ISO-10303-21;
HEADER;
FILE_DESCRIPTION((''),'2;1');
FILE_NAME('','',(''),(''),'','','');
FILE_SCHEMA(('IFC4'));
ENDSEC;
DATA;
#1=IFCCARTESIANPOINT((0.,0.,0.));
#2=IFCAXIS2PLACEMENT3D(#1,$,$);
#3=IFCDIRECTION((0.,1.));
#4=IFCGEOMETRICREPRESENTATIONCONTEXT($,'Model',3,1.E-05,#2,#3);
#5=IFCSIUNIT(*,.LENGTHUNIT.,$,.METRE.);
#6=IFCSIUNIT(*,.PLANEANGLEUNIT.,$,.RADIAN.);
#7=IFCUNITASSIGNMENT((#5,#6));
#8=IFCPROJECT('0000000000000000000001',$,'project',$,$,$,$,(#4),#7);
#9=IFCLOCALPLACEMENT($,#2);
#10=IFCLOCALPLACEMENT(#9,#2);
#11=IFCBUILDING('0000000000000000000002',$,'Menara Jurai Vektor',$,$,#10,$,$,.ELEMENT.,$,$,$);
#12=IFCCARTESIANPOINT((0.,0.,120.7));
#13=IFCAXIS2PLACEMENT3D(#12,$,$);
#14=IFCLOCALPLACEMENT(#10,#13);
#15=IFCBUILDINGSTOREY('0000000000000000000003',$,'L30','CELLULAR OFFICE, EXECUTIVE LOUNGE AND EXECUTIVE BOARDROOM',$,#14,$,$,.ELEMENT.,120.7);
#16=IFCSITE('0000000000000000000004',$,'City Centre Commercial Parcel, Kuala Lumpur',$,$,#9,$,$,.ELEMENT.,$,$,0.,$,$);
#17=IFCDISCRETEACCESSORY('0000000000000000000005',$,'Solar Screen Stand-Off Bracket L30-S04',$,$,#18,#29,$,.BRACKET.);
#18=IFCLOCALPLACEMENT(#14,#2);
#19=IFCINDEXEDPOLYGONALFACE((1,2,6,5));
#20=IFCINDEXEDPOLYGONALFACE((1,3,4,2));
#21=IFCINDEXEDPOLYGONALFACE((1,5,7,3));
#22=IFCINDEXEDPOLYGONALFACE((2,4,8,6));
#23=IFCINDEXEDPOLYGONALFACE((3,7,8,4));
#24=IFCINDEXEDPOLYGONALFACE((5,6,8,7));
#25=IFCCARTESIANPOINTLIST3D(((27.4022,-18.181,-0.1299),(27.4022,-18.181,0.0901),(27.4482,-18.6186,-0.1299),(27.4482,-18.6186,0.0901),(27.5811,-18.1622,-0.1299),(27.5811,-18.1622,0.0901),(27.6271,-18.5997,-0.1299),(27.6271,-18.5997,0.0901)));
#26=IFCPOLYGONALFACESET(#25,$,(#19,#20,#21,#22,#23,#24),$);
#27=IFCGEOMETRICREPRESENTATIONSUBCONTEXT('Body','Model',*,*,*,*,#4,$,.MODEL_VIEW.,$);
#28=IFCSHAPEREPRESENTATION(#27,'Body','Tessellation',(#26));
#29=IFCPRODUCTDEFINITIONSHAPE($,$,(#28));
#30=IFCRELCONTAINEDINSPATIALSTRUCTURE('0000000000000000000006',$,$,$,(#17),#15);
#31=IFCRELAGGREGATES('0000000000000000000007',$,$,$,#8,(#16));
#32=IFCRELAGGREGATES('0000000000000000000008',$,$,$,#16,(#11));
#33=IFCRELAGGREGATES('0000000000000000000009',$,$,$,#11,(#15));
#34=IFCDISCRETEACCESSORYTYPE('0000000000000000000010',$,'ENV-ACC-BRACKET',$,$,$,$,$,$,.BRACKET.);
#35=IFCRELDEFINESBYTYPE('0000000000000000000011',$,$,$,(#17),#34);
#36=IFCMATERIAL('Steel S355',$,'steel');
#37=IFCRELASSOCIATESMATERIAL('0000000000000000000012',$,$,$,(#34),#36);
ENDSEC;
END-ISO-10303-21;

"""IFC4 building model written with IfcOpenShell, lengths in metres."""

from ifc_helpers import new_model, si_unit, direction, frame, origin, origin_2d, place, context, subcontext, project, spatial, rectangle, extrude, material, type_object, element, save


model = new_model("IFC4")

# Units and contexts
model_context = context("Model", 3, precision=1e-05, world=origin(), true_north=direction((0.0, 1.0)))
body_context = subcontext(model_context, "Body", "Model", "MODEL_VIEW")
ifc_project = project(units=[si_unit("LENGTHUNIT", "METRE"), si_unit("PLANEANGLEUNIT", "RADIAN")], contexts=[model_context])

# Site, building, storey
site_placement = place(None, origin())
site = spatial("IfcSite", under=ifc_project, at=site_placement, Name="City Centre Commercial Parcel, Kuala Lumpur", CompositionType="ELEMENT", RefElevation=0.0)
building_placement = place(site_placement, origin())
building = spatial("IfcBuilding", under=site, at=building_placement, Name="Menara Jurai Vektor", CompositionType="ELEMENT")
storey_placement = place(building_placement, frame((0.0, 0.0, 120.7)))
storey = spatial("IfcBuildingStorey", under=building, at=storey_placement, Name="L30", Description="CELLULAR OFFICE, EXECUTIVE LOUNGE AND EXECUTIVE BOARDROOM", CompositionType="ELEMENT", Elevation=120.7)

# Shared definitions
ifc_material_1 = material(Name="Steel S355", Category="steel")

# Discrete accessory
discrete_accessory_type = type_object("IfcDiscreteAccessoryType", Name="ENV-ACC-BRACKET", PredefinedType="BRACKET", material=ifc_material_1)
discrete_accessory_placement = place(storey_placement, frame((27.5146, -18.3904, -0.1299), z_axis=(0.0, 0.0, 1.0), x_axis=(0.994522, 0.104528, 0.0)))
element("IfcDiscreteAccessory", 1, at=discrete_accessory_placement, inside=storey, type_object=discrete_accessory_type, Name="Solar Screen Stand-Off Bracket L30-S04", PredefinedType="BRACKET", context=body_context, shape_type="SweptSolid", body=[
    extrude(rectangle(XDim=0.1799, YDim=0.4399, at=origin_2d()), origin(), (0.0, 0.0, 1.0), 0.22),
])

save(model, "model.ifc")
